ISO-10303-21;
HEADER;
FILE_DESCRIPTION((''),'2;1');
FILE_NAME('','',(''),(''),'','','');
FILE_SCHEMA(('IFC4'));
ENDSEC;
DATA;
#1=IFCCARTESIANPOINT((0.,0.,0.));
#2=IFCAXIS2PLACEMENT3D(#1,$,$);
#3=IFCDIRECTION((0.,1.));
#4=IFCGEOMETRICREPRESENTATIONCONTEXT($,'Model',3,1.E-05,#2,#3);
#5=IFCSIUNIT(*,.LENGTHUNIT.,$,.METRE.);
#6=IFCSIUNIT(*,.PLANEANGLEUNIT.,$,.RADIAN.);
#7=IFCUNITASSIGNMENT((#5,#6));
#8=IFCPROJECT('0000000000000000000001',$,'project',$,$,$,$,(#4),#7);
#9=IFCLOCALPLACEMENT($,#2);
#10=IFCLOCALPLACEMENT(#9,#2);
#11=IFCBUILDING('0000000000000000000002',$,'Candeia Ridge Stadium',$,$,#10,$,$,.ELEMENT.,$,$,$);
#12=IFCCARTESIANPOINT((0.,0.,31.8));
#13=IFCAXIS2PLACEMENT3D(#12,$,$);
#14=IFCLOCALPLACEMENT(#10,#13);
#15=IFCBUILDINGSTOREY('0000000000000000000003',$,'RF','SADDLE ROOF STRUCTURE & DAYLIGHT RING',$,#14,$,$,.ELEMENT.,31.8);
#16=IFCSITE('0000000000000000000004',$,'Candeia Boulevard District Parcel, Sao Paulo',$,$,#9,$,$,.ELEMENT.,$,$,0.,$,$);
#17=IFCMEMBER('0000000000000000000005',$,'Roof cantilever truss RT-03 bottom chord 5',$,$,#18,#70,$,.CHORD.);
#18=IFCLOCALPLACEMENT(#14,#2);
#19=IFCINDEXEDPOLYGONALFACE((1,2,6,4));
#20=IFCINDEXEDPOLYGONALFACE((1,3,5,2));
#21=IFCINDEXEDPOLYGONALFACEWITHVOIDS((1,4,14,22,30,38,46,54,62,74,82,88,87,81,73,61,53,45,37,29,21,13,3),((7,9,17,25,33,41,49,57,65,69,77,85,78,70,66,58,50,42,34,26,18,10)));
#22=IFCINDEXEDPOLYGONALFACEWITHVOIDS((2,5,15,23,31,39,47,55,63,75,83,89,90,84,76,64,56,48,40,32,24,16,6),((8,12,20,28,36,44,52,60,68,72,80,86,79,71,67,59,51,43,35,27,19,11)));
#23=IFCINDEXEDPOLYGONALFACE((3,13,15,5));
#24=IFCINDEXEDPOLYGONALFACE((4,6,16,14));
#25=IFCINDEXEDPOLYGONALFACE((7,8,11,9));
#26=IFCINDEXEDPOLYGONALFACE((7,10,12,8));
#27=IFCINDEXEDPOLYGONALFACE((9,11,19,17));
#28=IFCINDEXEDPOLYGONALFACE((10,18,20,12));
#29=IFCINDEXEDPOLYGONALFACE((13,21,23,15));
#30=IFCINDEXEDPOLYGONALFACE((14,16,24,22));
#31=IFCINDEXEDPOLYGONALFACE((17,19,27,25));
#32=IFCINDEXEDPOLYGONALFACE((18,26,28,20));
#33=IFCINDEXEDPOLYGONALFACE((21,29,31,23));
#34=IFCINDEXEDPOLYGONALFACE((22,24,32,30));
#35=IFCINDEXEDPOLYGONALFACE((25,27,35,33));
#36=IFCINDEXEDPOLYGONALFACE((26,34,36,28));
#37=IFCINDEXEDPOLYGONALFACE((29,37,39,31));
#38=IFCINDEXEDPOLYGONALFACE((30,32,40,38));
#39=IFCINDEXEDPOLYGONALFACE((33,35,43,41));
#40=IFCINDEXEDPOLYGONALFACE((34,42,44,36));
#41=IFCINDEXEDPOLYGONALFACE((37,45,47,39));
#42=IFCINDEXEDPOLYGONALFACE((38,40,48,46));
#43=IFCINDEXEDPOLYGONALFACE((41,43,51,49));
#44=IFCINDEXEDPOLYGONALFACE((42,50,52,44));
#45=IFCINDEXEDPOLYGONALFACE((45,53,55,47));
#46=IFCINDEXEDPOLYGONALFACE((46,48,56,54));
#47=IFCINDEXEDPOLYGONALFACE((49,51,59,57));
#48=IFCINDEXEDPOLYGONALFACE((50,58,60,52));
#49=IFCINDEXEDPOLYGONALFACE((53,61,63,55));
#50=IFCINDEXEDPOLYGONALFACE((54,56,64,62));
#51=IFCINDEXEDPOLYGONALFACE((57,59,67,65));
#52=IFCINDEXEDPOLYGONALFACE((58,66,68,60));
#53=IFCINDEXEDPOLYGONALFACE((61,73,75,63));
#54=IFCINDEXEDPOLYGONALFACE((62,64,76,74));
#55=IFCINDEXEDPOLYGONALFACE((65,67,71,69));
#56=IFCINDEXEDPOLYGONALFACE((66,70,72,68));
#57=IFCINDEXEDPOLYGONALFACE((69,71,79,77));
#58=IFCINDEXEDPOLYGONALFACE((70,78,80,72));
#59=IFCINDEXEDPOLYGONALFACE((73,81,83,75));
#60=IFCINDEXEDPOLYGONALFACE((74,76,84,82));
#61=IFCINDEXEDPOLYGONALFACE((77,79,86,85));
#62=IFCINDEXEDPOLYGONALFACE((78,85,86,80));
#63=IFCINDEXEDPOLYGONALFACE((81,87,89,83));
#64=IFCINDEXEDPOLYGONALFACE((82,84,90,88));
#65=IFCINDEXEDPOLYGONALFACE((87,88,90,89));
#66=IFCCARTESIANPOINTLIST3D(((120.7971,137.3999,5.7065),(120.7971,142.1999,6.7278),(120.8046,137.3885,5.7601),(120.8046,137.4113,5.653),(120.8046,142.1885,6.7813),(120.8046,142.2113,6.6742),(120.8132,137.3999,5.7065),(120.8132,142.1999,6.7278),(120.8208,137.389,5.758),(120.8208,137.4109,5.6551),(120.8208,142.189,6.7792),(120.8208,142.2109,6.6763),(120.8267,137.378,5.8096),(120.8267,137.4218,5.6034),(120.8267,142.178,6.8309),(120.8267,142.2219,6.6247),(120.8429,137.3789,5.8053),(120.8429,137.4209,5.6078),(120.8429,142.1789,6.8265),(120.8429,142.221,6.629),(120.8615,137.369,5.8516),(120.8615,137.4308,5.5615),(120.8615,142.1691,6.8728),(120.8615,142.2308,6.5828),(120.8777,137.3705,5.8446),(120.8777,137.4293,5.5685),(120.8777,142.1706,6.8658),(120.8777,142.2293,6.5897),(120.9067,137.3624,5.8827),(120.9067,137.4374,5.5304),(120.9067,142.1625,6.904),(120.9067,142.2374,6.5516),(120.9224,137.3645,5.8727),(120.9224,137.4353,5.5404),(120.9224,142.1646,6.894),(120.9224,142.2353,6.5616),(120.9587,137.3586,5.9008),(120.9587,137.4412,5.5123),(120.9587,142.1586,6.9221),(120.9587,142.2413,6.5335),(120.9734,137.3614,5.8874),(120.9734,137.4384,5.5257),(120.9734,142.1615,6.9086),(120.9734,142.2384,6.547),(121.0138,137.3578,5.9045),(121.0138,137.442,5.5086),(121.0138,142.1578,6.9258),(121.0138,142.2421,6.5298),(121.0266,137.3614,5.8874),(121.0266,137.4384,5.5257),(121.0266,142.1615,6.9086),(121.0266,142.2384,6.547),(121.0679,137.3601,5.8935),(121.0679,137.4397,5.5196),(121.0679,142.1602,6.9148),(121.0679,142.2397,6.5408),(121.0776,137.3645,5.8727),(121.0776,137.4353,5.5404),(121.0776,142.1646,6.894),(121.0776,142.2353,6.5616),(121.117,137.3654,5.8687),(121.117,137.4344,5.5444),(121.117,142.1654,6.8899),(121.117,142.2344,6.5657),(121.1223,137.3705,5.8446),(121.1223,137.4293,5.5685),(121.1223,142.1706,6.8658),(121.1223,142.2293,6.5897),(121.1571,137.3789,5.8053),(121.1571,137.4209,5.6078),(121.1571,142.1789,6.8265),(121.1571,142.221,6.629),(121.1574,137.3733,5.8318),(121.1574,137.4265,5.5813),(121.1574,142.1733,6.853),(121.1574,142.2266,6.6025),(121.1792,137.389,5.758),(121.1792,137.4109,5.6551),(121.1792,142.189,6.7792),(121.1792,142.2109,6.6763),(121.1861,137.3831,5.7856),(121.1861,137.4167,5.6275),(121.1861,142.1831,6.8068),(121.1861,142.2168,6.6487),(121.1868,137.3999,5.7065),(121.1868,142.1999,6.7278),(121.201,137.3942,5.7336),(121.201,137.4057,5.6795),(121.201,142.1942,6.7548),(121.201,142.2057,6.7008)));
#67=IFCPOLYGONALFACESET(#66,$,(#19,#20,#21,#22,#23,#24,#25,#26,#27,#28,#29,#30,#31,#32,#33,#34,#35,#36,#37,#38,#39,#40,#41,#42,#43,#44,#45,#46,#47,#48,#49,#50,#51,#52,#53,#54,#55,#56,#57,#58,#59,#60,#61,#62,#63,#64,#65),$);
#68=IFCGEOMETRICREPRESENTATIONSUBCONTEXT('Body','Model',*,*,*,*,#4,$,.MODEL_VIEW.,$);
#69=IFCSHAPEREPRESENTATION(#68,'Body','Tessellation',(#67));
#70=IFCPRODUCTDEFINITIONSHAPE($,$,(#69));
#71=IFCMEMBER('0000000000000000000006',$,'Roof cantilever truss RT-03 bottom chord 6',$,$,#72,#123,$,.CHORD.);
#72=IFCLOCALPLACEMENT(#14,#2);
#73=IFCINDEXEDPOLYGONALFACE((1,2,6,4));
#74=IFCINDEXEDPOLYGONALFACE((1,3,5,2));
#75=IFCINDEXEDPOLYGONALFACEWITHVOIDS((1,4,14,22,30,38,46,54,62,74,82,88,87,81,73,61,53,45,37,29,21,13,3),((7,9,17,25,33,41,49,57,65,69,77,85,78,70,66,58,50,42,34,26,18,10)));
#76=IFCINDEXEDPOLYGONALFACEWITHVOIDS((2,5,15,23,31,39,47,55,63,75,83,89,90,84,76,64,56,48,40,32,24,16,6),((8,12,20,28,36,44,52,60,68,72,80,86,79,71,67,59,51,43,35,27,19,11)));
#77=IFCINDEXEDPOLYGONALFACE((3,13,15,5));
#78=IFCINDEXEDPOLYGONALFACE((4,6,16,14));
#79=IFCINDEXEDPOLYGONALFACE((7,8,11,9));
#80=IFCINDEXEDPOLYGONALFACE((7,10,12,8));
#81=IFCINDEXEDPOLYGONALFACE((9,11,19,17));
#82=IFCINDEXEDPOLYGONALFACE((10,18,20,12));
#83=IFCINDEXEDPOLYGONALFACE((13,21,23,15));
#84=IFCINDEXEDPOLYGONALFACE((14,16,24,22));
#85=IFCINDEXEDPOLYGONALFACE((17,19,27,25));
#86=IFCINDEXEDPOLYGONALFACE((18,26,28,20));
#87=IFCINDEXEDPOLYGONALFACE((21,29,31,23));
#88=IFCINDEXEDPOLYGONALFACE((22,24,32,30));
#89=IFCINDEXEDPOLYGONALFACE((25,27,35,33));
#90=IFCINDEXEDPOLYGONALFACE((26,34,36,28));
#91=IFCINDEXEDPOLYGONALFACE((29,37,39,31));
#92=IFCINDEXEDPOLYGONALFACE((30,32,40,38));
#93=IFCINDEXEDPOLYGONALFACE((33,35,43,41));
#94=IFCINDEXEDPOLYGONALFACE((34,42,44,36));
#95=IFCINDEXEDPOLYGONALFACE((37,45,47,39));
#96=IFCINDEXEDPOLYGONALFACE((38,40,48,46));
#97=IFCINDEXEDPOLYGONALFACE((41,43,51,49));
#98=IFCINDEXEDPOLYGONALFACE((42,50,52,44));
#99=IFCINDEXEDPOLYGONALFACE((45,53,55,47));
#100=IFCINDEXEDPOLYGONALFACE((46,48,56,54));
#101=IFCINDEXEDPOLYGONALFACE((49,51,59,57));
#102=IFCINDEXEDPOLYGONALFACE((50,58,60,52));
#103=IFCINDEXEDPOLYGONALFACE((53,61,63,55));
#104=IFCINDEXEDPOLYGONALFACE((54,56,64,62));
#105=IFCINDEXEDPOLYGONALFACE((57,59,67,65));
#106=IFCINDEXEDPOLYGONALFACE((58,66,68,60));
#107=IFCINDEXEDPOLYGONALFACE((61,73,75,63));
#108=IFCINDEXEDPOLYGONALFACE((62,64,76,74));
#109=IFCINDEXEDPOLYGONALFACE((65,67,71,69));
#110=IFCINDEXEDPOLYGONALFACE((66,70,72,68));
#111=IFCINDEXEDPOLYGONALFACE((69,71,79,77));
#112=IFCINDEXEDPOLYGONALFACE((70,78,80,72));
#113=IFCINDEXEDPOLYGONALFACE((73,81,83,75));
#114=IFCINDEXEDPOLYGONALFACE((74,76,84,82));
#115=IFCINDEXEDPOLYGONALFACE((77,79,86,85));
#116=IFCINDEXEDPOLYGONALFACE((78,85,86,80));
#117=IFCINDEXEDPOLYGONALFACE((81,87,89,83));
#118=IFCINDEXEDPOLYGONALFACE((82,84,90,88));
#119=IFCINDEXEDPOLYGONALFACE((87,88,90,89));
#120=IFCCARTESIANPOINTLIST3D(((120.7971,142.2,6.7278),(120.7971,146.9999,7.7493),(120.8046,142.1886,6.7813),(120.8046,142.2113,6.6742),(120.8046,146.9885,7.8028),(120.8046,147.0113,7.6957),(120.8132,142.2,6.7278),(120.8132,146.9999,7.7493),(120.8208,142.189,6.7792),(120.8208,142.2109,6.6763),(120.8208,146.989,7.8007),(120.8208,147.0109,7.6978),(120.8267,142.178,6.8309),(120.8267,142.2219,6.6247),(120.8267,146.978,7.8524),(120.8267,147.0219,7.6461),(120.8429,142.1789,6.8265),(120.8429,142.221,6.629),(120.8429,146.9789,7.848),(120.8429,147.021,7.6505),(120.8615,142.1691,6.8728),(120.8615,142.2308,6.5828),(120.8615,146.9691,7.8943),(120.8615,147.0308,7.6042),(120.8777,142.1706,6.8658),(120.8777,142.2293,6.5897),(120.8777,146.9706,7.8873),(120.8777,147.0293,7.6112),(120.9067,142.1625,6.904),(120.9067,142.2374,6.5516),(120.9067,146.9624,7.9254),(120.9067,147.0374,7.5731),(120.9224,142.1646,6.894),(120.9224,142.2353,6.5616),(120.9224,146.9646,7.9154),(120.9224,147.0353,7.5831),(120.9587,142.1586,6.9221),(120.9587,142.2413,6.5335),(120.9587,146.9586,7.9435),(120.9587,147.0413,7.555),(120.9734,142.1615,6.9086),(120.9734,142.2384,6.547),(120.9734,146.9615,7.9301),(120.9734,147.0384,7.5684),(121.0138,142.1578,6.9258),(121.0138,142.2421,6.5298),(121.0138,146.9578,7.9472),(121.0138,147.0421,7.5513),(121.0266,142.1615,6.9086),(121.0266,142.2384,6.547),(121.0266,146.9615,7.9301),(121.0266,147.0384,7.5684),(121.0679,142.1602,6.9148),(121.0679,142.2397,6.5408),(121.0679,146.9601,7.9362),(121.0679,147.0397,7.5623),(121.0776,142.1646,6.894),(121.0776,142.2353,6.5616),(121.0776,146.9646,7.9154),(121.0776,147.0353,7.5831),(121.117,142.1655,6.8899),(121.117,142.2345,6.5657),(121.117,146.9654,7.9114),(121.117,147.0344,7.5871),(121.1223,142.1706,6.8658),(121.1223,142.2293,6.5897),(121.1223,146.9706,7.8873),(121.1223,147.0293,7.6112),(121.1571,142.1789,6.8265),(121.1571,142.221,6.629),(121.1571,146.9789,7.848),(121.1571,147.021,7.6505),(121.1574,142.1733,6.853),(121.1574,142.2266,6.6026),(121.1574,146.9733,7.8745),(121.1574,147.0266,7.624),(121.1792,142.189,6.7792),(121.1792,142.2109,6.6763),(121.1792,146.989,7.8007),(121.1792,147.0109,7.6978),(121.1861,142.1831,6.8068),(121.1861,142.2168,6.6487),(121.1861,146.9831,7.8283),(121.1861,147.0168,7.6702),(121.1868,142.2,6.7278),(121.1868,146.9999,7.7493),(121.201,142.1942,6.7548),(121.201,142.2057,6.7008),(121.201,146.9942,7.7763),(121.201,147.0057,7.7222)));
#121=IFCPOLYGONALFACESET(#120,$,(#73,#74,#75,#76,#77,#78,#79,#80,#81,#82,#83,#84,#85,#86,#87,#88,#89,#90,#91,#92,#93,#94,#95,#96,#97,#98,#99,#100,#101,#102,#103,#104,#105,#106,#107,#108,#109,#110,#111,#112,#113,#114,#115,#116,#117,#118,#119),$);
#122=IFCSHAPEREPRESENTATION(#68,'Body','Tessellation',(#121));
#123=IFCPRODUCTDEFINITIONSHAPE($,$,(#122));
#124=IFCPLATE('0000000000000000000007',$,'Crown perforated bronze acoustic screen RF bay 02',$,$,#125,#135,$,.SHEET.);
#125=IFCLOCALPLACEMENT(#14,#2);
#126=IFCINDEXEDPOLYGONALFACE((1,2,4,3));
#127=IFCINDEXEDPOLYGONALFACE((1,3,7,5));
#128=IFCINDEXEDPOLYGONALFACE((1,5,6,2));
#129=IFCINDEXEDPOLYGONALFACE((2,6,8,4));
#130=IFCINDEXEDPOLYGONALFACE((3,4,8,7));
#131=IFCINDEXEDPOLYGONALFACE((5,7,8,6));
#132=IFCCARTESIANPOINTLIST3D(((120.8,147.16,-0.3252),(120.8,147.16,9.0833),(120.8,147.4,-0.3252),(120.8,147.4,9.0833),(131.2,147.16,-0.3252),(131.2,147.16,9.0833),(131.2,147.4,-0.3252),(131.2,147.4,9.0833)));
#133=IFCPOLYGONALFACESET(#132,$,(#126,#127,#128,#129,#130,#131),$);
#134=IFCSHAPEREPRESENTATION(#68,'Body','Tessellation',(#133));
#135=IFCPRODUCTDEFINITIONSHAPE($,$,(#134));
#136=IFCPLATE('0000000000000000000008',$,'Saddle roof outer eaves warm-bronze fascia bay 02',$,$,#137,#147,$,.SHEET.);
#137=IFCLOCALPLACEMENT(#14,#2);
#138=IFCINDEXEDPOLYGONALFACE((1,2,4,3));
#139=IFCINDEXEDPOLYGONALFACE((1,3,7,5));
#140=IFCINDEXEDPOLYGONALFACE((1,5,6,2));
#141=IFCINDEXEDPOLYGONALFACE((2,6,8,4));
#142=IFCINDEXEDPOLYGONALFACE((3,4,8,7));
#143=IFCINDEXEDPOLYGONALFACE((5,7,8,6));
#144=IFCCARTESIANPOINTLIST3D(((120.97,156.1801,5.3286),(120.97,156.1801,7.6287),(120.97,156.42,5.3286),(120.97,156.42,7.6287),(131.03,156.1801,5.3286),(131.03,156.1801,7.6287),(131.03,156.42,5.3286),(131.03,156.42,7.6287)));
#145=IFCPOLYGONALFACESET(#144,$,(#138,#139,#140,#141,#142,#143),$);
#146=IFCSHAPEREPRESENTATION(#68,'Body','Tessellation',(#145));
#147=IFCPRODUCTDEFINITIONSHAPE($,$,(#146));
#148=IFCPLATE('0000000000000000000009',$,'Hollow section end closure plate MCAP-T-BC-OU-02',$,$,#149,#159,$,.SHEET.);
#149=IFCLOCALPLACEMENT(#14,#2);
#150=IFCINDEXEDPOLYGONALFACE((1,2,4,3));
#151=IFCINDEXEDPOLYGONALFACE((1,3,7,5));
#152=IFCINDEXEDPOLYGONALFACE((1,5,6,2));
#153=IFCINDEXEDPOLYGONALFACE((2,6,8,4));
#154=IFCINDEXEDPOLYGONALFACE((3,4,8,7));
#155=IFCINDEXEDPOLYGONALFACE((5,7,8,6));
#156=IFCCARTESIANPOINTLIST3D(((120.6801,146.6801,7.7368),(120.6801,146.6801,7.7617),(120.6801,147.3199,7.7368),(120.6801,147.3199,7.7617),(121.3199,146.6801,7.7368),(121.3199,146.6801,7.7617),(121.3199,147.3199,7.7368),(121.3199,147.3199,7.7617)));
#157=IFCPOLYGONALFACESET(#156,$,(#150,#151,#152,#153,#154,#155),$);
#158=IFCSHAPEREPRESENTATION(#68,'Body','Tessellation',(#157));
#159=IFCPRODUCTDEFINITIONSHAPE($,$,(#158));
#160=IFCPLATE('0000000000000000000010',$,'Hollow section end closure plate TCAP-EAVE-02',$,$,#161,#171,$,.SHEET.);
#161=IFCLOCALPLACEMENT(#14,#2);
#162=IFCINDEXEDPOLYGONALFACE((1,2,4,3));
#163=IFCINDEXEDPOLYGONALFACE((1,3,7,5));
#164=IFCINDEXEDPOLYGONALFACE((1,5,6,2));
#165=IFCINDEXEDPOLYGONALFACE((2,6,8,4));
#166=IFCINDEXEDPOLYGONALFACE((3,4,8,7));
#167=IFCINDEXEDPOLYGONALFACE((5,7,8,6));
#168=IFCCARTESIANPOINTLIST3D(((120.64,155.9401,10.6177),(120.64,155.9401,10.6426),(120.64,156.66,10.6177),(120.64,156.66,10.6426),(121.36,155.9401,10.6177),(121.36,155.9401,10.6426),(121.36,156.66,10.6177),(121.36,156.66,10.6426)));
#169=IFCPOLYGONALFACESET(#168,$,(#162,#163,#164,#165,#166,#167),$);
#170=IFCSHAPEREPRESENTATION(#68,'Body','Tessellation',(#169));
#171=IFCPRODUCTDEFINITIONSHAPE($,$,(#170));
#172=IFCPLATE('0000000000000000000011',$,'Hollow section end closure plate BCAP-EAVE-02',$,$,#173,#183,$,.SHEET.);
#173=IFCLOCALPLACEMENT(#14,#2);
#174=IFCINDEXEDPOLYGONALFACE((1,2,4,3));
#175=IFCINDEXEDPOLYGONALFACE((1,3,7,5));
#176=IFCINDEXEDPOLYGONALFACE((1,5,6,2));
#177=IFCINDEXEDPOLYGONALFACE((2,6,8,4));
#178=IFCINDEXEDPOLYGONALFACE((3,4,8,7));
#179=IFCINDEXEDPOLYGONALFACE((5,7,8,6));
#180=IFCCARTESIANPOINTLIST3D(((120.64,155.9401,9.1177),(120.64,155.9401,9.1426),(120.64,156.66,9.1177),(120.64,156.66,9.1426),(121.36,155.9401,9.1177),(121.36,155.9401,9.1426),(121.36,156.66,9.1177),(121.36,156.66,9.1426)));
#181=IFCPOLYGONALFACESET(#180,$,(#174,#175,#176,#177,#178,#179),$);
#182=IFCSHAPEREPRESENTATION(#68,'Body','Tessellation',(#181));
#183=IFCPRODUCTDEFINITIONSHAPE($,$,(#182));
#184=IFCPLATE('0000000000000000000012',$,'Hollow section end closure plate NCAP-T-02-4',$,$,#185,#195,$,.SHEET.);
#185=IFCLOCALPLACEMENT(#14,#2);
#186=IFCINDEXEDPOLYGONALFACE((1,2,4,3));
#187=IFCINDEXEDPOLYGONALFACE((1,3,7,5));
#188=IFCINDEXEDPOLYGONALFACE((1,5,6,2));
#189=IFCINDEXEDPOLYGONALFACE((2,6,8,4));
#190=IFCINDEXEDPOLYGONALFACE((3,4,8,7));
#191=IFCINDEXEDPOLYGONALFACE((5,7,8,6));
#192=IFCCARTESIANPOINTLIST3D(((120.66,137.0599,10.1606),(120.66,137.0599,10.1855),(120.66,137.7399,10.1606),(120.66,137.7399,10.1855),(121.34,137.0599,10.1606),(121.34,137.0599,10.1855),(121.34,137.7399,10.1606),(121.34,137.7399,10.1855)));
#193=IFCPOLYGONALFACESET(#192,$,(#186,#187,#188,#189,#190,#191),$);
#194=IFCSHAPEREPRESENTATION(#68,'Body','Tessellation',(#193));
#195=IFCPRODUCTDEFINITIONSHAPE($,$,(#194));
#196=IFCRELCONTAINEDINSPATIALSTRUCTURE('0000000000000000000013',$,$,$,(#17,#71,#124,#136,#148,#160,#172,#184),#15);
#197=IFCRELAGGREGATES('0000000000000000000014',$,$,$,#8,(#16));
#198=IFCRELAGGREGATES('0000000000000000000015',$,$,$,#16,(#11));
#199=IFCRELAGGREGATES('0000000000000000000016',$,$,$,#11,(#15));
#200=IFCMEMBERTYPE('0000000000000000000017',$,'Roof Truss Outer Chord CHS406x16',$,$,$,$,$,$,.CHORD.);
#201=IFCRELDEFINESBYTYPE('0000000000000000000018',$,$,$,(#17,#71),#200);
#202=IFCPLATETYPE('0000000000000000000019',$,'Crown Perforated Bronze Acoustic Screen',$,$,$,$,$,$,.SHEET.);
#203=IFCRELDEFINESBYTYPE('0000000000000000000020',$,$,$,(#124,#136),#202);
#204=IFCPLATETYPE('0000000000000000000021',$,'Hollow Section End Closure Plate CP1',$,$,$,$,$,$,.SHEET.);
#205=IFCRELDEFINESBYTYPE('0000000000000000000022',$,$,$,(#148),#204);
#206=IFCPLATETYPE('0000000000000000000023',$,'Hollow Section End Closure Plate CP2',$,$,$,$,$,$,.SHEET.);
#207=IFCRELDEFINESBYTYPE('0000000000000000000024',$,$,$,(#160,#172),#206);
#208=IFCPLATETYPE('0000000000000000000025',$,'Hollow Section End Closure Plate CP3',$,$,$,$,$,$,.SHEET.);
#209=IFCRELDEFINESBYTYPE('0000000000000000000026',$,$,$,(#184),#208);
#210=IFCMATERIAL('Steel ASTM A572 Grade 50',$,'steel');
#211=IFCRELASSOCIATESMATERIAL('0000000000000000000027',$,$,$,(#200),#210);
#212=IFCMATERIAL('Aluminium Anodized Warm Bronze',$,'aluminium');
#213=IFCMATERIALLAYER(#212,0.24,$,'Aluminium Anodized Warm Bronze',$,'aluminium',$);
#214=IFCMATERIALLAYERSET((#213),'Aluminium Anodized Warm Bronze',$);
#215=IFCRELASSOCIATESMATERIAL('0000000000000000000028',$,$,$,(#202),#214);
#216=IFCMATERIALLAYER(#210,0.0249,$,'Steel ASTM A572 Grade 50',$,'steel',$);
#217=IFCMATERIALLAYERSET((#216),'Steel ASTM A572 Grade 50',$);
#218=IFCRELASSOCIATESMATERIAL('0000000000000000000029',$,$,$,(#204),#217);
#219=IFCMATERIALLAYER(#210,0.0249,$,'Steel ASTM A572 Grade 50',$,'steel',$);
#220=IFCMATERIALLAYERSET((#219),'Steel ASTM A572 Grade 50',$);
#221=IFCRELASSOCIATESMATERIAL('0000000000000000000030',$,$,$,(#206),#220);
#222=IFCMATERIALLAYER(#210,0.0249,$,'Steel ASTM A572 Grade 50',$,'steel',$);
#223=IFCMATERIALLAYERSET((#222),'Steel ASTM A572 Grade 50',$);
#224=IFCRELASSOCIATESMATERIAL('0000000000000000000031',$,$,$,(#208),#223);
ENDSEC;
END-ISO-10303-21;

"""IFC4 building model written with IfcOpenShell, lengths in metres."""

from ifc_helpers import new_model, si_unit, direction, frame, origin, origin_2d, place, context, subcontext, project, spatial, rectangle, hollow_circle, extrude, material, layer, layer_set, material_profile, profile_set, type_object, element, save


model = new_model("IFC4")

# Units and contexts
model_context = context("Model", 3, precision=1e-05, world=origin(), true_north=direction((0.0, 1.0)))
body_context = subcontext(model_context, "Body", "Model", "MODEL_VIEW")
ifc_project = project(units=[si_unit("LENGTHUNIT", "METRE"), si_unit("PLANEANGLEUNIT", "RADIAN")], contexts=[model_context])

# Site, building, storey
site_placement = place(None, origin())
site = spatial("IfcSite", under=ifc_project, at=site_placement, Name="Candeia Boulevard District Parcel, Sao Paulo", CompositionType="ELEMENT", RefElevation=0.0)
building_placement = place(site_placement, origin())
building = spatial("IfcBuilding", under=site, at=building_placement, Name="Candeia Ridge Stadium", CompositionType="ELEMENT")
storey_placement = place(building_placement, frame((0.0, 0.0, 31.8)))
storey = spatial("IfcBuildingStorey", under=building, at=storey_placement, Name="RF", Description="SADDLE ROOF STRUCTURE & DAYLIGHT RING", CompositionType="ELEMENT", Elevation=31.8)

# Shared definitions
ifc_material_1 = material(Name="Steel ASTM A572 Grade 50", Category="steel")

# Members
ifc_material_profile_1 = material_profile(ifc_material_1, hollow_circle(Radius=0.2029, WallThickness=0.0161, at=origin_2d()), Name="CHS406x16", Category="steel")
ifc_profile_set_1 = profile_set([ifc_material_profile_1], Name="Steel ASTM A572 Grade 50")
member_type_1 = type_object("IfcMemberType", Name="Roof Truss Outer Chord CHS406x16", PredefinedType="CHORD", material=ifc_profile_set_1)
for number, where, z_axis, x_axis, name in (
    (1, (121.0, 137.3999, 5.7065), (0.0, 0.978108, 0.208099), (-1.0, 0.0, 0.0), "Roof cantilever truss RT-03 bottom chord 5"),
    (2, (121.0, 142.2, 6.7278), (0.0, 0.978098, 0.208146), (-1.0, 0.0, 0.0), "Roof cantilever truss RT-03 bottom chord 6"),
):
    element("IfcMember", number, at=place(storey_placement, frame(where, z_axis=z_axis, x_axis=x_axis)), inside=storey, type_object=member_type_1, Name=name, PredefinedType="CHORD", context=body_context, shape_type="SweptSolid", body=[
        extrude(hollow_circle(Radius=0.2029, WallThickness=0.0161, at=origin_2d()), origin(), (0.0, 0.0, 1.0), 4.9075),
    ])

# Plates
ifc_material_2 = material(Name="Aluminium Anodized Warm Bronze", Category="aluminium")
ifc_layer_1 = layer(ifc_material_2, 0.24, Name="Aluminium Anodized Warm Bronze", Category="aluminium")
ifc_layer_set_1 = layer_set([ifc_layer_1], Name="Aluminium Anodized Warm Bronze")
plate_type_1 = type_object("IfcPlateType", Name="Crown Perforated Bronze Acoustic Screen", PredefinedType="SHEET", material=ifc_layer_set_1)
plate_1_placement = place(storey_placement, frame((126.0, 147.28, -0.3252), z_axis=(0.0, 0.0, 1.0), x_axis=(-1.0, 0.0, 0.0)))
element("IfcPlate", 3, at=plate_1_placement, inside=storey, type_object=plate_type_1, Name="Crown perforated bronze acoustic screen RF bay 02", PredefinedType="SHEET", context=body_context, shape_type="SweptSolid", body=[
    extrude(rectangle(XDim=10.3999, YDim=0.24, at=origin_2d()), origin(), (0.0, 0.0, 1.0), 9.4084),
])
plate_2_placement = place(storey_placement, frame((126.0, 156.3, 5.3286), z_axis=(0.0, 0.0, 1.0), x_axis=(-1.0, 0.0, 0.0)))
element("IfcPlate", 4, at=plate_2_placement, inside=storey, type_object=plate_type_1, Name="Saddle roof outer eaves warm-bronze fascia bay 02", PredefinedType="SHEET", context=body_context, shape_type="SweptSolid", body=[
    extrude(rectangle(XDim=10.0601, YDim=0.24, at=origin_2d()), origin(), (0.0, 0.0, 1.0), 2.3),
])
ifc_layer_2 = layer(ifc_material_1, 0.0249, Name="Steel ASTM A572 Grade 50", Category="steel")
ifc_layer_set_2 = layer_set([ifc_layer_2], Name="Steel ASTM A572 Grade 50")
plate_type_2 = type_object("IfcPlateType", Name="Hollow Section End Closure Plate CP1", PredefinedType="SHEET", material=ifc_layer_set_2)
plate_3_placement = place(storey_placement, frame((121.0, 147.0, 7.7368), z_axis=(0.0, 0.0, 1.0), x_axis=(1.0, 0.0, 0.0)))
element("IfcPlate", 5, at=plate_3_placement, inside=storey, type_object=plate_type_2, Name="Hollow section end closure plate MCAP-T-BC-OU-02", PredefinedType="SHEET", context=body_context, shape_type="SweptSolid", body=[
    extrude(rectangle(XDim=0.6399, YDim=0.6399, at=origin_2d()), origin(), (0.0, 0.0, 1.0), 0.0249),
])
ifc_layer_3 = layer(ifc_material_1, 0.0249, Name="Steel ASTM A572 Grade 50", Category="steel")
ifc_layer_set_3 = layer_set([ifc_layer_3], Name="Steel ASTM A572 Grade 50")
plate_type_3 = type_object("IfcPlateType", Name="Hollow Section End Closure Plate CP2", PredefinedType="SHEET", material=ifc_layer_set_3)
for number, where, z_axis, x_axis, name in (
    (6, (121.0, 156.3, 10.6177), (0.0, 0.0, 1.0), (1.0, 0.0, 0.0), "Hollow section end closure plate TCAP-EAVE-02"),
    (7, (121.0, 156.3, 9.1177), (0.0, 0.0, 1.0), (1.0, 0.0, 0.0), "Hollow section end closure plate BCAP-EAVE-02"),
):
    element("IfcPlate", number, at=place(storey_placement, frame(where, z_axis=z_axis, x_axis=x_axis)), inside=storey, type_object=plate_type_3, Name=name, PredefinedType="SHEET", context=body_context, shape_type="SweptSolid", body=[
        extrude(rectangle(XDim=0.72, YDim=0.72, at=origin_2d()), origin(), (0.0, 0.0, 1.0), 0.0249),
    ])
ifc_layer_4 = layer(ifc_material_1, 0.0249, Name="Steel ASTM A572 Grade 50", Category="steel")
ifc_layer_set_4 = layer_set([ifc_layer_4], Name="Steel ASTM A572 Grade 50")
plate_type_4 = type_object("IfcPlateType", Name="Hollow Section End Closure Plate CP3", PredefinedType="SHEET", material=ifc_layer_set_4)
for number, where, z_axis, x_axis, name in (
    (8, (121.0, 137.3999, 10.1606), (0.0, 0.0, 1.0), (1.0, 0.0, 0.0), "Hollow section end closure plate NCAP-T-02-4"),
):
    element("IfcPlate", number, at=place(storey_placement, frame(where, z_axis=z_axis, x_axis=x_axis)), inside=storey, type_object=plate_type_4, Name=name, PredefinedType="SHEET", context=body_context, shape_type="SweptSolid", body=[
        extrude(rectangle(XDim=0.6799, YDim=0.6799, at=origin_2d()), origin(), (0.0, 0.0, 1.0), 0.0249),
    ])

save(model, "model.ifc")
